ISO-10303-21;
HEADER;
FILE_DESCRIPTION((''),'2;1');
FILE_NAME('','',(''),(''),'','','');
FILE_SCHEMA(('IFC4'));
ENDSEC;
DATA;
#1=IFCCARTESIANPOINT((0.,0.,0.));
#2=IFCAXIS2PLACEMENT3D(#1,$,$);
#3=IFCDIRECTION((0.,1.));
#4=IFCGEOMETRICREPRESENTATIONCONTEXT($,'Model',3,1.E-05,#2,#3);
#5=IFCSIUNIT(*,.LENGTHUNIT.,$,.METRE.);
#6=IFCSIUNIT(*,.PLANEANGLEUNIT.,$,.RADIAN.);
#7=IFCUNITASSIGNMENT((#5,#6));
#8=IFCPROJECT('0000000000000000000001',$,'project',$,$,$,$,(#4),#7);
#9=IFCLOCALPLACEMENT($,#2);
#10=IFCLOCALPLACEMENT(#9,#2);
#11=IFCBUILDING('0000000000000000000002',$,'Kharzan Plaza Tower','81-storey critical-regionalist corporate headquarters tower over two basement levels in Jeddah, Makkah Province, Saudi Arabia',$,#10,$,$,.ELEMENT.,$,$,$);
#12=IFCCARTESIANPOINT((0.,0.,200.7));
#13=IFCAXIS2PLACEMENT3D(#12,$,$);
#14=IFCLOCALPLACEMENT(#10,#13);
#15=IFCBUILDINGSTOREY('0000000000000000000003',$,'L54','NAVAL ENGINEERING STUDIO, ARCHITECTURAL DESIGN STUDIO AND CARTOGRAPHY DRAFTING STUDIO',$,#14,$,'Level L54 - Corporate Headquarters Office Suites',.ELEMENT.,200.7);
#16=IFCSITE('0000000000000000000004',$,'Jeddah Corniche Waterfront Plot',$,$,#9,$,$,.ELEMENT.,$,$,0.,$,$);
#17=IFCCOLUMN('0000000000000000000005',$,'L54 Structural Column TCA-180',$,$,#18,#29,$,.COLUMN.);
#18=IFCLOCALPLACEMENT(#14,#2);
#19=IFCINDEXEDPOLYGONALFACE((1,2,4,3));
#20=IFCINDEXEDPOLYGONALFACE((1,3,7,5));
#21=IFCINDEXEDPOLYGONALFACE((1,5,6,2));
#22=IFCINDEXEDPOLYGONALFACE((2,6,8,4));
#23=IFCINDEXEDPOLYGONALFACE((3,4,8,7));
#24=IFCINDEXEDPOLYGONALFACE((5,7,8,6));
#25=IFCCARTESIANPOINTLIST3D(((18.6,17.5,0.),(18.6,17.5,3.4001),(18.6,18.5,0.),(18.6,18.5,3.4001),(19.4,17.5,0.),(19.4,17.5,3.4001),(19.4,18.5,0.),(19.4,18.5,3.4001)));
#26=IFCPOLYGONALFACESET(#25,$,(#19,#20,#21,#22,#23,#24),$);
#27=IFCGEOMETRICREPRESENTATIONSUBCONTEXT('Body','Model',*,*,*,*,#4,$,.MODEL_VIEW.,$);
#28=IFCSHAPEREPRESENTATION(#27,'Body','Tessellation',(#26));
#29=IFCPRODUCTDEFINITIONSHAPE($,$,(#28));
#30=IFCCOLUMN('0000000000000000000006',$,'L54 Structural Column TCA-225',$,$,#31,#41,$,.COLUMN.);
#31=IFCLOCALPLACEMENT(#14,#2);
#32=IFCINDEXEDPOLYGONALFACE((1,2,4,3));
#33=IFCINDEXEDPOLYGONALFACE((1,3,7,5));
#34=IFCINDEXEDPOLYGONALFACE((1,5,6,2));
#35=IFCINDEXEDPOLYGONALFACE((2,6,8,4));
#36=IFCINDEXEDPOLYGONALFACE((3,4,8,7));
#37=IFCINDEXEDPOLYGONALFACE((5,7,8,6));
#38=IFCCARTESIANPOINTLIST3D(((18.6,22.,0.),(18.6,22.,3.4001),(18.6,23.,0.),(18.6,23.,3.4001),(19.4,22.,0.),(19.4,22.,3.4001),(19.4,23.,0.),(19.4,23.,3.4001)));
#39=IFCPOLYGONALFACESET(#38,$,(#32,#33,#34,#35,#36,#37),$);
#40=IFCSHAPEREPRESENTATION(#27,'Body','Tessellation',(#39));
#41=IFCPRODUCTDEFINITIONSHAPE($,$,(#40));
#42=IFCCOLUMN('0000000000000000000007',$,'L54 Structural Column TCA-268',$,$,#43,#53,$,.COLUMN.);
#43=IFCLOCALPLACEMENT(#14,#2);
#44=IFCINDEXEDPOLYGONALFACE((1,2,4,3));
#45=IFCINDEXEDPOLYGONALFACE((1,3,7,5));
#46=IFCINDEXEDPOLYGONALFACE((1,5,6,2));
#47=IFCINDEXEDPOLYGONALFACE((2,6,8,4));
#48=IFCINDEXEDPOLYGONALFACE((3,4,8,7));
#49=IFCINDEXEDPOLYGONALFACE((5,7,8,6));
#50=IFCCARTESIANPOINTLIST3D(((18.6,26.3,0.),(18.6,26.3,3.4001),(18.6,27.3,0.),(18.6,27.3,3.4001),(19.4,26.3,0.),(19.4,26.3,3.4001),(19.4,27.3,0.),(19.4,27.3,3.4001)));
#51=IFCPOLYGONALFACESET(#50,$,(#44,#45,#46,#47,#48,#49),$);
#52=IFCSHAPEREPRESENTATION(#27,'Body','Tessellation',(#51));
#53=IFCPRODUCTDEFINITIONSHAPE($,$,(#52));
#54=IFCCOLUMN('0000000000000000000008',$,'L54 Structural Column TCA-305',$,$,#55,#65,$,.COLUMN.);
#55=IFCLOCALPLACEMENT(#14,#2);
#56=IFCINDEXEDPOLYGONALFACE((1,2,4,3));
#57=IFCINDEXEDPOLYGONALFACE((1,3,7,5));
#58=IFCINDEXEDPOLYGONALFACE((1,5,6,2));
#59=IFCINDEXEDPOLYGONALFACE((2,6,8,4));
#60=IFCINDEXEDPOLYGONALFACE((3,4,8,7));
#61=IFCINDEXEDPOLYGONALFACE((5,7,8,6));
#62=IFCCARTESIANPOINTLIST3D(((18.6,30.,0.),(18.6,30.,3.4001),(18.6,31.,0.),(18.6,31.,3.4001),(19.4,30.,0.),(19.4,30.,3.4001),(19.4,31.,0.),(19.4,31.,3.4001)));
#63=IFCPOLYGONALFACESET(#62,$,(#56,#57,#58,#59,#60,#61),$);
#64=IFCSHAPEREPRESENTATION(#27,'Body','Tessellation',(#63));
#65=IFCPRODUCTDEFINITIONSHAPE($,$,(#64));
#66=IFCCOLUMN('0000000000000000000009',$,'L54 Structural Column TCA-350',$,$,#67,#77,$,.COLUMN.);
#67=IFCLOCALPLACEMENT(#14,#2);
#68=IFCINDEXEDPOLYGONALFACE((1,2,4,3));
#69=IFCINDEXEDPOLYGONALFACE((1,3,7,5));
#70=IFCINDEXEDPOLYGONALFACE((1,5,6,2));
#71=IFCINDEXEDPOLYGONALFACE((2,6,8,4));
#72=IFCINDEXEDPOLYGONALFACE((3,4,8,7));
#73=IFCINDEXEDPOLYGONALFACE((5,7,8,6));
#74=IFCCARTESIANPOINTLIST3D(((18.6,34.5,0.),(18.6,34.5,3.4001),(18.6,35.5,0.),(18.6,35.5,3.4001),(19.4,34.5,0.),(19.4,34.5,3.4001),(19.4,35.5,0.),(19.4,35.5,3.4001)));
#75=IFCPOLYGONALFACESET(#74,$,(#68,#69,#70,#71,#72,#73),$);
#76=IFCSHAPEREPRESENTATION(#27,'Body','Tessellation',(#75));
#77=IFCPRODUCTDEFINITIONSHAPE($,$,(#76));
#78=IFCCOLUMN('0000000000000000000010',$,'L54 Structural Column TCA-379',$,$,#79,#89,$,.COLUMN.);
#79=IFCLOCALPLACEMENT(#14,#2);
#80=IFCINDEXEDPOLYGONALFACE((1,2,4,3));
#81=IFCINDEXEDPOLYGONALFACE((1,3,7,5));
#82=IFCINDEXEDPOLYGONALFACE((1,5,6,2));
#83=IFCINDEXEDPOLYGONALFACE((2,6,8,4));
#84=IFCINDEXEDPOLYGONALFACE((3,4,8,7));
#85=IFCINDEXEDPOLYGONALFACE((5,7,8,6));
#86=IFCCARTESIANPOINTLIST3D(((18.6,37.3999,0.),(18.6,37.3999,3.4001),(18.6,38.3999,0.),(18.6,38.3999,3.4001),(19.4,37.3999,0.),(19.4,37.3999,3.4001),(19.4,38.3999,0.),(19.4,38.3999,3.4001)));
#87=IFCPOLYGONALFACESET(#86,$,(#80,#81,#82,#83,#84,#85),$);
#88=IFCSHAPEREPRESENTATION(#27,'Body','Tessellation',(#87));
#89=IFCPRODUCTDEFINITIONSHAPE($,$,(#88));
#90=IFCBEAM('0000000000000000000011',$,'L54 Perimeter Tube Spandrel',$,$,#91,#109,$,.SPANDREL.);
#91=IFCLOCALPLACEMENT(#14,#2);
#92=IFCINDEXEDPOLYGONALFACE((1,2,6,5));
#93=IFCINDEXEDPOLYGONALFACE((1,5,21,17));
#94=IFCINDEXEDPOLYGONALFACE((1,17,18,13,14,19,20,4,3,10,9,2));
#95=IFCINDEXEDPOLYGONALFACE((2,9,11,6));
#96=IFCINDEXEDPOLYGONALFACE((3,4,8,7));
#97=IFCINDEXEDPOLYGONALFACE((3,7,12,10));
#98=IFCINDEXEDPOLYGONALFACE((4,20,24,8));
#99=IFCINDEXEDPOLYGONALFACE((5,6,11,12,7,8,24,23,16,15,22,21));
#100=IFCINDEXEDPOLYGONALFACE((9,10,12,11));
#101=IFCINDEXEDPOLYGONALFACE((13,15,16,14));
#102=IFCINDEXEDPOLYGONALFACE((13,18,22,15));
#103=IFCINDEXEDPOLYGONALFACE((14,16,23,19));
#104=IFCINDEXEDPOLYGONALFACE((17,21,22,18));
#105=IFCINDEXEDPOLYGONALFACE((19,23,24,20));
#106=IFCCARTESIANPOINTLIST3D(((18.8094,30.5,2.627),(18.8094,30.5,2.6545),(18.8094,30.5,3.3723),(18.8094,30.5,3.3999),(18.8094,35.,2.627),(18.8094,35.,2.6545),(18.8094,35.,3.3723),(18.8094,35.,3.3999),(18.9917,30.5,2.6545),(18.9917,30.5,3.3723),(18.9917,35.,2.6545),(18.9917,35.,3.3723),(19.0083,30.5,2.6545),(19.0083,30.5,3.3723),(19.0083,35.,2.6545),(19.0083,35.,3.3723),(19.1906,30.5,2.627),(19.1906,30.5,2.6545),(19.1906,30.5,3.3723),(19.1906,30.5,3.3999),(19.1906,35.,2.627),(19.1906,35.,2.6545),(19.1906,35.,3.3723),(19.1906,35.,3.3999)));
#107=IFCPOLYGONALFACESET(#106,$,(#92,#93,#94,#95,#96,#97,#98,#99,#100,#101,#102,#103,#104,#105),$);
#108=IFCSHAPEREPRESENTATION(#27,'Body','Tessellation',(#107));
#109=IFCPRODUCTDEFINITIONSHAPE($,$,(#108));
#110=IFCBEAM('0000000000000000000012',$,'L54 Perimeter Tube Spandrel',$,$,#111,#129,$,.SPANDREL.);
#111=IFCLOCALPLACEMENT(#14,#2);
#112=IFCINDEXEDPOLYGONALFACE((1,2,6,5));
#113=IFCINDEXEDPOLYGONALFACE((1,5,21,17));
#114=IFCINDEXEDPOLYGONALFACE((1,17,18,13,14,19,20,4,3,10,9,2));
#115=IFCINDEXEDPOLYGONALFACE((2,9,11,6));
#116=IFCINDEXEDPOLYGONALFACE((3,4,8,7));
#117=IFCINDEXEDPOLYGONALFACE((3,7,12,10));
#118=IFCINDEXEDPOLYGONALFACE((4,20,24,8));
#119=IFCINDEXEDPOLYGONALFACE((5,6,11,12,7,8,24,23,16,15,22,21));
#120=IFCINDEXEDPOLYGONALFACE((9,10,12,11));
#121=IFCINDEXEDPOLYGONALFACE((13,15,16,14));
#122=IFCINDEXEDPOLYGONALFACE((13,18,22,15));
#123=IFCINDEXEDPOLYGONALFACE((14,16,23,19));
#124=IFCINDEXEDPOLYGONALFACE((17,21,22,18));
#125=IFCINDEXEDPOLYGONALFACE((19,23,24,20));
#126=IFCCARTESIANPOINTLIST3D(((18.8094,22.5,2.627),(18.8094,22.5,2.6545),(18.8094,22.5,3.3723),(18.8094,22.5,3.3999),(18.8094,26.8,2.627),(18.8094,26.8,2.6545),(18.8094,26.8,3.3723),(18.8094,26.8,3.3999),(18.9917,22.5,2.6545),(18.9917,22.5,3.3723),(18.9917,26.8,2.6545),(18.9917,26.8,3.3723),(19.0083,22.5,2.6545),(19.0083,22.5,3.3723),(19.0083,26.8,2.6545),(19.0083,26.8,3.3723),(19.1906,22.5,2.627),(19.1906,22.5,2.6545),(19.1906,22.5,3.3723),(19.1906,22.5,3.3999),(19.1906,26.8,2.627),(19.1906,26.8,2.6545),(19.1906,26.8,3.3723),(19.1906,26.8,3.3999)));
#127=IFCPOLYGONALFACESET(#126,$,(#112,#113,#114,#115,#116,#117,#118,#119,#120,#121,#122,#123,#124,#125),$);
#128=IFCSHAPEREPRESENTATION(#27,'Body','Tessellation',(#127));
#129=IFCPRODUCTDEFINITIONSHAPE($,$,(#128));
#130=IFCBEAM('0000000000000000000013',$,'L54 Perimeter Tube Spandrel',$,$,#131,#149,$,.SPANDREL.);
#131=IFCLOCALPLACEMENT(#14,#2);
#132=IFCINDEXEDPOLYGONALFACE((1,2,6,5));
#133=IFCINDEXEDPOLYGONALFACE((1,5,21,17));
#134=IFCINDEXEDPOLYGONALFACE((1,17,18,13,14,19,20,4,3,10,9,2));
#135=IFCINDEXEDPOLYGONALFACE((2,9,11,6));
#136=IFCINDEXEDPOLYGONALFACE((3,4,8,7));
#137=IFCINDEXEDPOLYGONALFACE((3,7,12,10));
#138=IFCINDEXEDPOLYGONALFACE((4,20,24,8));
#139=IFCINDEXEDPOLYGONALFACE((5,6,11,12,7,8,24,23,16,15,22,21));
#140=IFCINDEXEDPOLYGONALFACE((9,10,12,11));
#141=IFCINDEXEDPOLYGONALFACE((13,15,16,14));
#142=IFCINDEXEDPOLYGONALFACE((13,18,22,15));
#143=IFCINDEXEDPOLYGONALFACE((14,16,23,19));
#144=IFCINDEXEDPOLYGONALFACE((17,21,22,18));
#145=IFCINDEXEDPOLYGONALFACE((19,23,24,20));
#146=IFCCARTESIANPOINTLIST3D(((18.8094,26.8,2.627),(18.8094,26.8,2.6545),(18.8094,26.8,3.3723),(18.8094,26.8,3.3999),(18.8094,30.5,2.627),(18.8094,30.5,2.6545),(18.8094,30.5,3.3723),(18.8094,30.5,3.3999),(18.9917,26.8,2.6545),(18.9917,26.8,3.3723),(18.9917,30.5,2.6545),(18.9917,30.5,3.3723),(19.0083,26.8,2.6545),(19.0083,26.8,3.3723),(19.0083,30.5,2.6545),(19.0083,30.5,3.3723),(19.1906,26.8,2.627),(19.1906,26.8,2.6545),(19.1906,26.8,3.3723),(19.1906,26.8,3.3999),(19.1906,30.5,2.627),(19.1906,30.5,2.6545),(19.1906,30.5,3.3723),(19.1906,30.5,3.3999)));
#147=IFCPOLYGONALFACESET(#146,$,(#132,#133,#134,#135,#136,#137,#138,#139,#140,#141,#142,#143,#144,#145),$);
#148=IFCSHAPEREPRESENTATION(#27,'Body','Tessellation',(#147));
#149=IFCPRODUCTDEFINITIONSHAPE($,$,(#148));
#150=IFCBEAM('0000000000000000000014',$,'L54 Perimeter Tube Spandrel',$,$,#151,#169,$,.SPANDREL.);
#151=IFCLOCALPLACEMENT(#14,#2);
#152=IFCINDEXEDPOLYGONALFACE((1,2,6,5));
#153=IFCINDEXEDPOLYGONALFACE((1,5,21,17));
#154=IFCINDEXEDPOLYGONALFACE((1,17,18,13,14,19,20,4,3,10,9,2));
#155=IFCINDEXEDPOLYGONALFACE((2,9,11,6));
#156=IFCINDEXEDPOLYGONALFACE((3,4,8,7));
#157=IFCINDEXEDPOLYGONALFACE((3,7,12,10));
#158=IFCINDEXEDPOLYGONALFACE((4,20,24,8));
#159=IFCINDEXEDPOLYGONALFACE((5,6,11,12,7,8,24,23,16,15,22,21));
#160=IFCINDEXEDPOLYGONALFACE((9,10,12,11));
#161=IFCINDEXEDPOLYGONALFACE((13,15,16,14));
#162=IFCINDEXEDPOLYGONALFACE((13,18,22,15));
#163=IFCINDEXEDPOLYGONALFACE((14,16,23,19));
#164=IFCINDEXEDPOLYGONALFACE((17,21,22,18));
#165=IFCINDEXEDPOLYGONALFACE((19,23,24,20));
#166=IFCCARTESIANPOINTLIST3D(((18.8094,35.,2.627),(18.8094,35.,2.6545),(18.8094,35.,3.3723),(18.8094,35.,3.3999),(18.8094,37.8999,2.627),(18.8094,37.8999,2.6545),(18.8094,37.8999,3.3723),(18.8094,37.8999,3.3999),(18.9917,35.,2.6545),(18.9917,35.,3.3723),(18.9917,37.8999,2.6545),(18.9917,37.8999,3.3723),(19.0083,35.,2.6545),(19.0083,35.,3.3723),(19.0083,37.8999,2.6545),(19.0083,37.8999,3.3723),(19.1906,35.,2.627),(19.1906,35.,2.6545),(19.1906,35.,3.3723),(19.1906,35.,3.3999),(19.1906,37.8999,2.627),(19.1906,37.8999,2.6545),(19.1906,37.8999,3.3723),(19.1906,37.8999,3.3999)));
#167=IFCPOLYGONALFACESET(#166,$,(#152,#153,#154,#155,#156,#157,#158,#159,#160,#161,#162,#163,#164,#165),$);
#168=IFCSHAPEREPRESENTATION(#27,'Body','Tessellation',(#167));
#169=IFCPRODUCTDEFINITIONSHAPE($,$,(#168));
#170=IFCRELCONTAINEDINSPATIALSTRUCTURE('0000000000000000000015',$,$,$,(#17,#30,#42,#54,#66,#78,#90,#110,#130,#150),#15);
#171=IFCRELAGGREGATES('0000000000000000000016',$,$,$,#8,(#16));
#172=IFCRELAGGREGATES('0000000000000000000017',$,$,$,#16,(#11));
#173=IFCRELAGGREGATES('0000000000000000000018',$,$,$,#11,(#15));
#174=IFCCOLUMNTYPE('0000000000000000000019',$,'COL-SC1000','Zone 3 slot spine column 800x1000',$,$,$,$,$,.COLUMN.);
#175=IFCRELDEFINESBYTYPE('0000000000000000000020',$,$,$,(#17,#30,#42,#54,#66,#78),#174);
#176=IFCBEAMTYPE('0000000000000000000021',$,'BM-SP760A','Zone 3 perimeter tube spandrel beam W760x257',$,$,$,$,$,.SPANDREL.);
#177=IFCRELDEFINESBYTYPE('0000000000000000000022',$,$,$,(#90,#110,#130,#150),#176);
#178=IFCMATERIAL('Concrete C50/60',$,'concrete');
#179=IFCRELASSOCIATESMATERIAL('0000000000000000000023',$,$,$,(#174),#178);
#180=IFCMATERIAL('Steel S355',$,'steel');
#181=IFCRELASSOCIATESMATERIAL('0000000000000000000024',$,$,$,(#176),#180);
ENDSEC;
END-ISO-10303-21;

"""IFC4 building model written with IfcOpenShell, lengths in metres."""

from ifc_helpers import new_model, si_unit, direction, frame, origin, origin_2d, place, context, subcontext, project, spatial, rectangle, i_section, extrude, source, transform, mapped, material, material_profile, profile_set, type_object, element, save


model = new_model("IFC4")

# Units and contexts
model_context = context("Model", 3, precision=1e-05, world=origin(), true_north=direction((0.0, 1.0)))
body_context = subcontext(model_context, "Body", "Model", "MODEL_VIEW")
ifc_project = project(units=[si_unit("LENGTHUNIT", "METRE"), si_unit("PLANEANGLEUNIT", "RADIAN")], contexts=[model_context])

# Site, building, storey
site_placement = place(None, origin())
site = spatial("IfcSite", under=ifc_project, at=site_placement, Name="Jeddah Corniche Waterfront Plot", CompositionType="ELEMENT", RefElevation=0.0)
building_placement = place(site_placement, origin())
building = spatial("IfcBuilding", under=site, at=building_placement, Name="Kharzan Plaza Tower", Description="81-storey critical-regionalist corporate headquarters tower over two basement levels in Jeddah, Makkah Province, Saudi Arabia", CompositionType="ELEMENT")
storey_placement = place(building_placement, frame((0.0, 0.0, 200.7)))
storey = spatial("IfcBuildingStorey", under=building, at=storey_placement, Name="L54", Description="NAVAL ENGINEERING STUDIO, ARCHITECTURAL DESIGN STUDIO AND CARTOGRAPHY DRAFTING STUDIO", LongName="Level L54 - Corporate Headquarters Office Suites", CompositionType="ELEMENT", Elevation=200.7)

# Columns
ifc_material_1 = material(Name="Concrete C50/60", Category="concrete")
ifc_material_profile_1 = material_profile(ifc_material_1, rectangle(XDim=0.8, YDim=1.0, at=origin_2d()), Name="RC-SC1000x800")
ifc_profile_set_1 = profile_set([ifc_material_profile_1], Name="Concrete C50/60")
column_type = type_object("IfcColumnType", Name="COL-SC1000", Description="Zone 3 slot spine column 800x1000", PredefinedType="COLUMN", material=ifc_profile_set_1)
shared_shape_1 = source(origin(), body_context, "Body", "SweptSolid", [
    extrude(rectangle(XDim=0.8, YDim=1.0, at=origin_2d()), origin(), (0.0, 0.0, 1.0), 3.4001),
])
for number, where, z_axis, x_axis, name in (
    (1, (19.0, 18.0, 0.0), (0.0, 0.0, 1.0), (1.0, 0.0, 0.0), "L54 Structural Column TCA-180"),
    (2, (19.0, 22.5, 0.0), (0.0, 0.0, 1.0), (1.0, 0.0, 0.0), "L54 Structural Column TCA-225"),
    (3, (19.0, 26.8, 0.0), (0.0, 0.0, 1.0), (1.0, 0.0, 0.0), "L54 Structural Column TCA-268"),
    (4, (19.0, 30.5, 0.0), (0.0, 0.0, 1.0), (1.0, 0.0, 0.0), "L54 Structural Column TCA-305"),
    (5, (19.0, 35.0, 0.0), (0.0, 0.0, 1.0), (1.0, 0.0, 0.0), "L54 Structural Column TCA-350"),
    (6, (19.0, 37.8999, 0.0), (0.0, 0.0, 1.0), (1.0, 0.0, 0.0), "L54 Structural Column TCA-379"),
):
    element("IfcColumn", number, at=place(storey_placement, frame(where, z_axis=z_axis, x_axis=x_axis)), inside=storey, type_object=column_type, Name=name, PredefinedType="COLUMN", context=body_context, shape_type="MappedRepresentation", body=[
        mapped(shared_shape_1, transform((0.0, 0.0, 0.0), x_axis=(1.0, 0.0, 0.0), y_axis=(0.0, 1.0, 0.0), z_axis=(0.0, 0.0, 1.0))),
    ])

# Beams
ifc_material_2 = material(Name="Steel S355", Category="steel")
ifc_material_profile_2 = material_profile(ifc_material_2, i_section(OverallWidth=0.3811, OverallDepth=0.7729, WebThickness=0.0166, FlangeThickness=0.0276, at=origin_2d()), Name="W760x257")
ifc_profile_set_2 = profile_set([ifc_material_profile_2], Name="Steel S355")
beam_type = type_object("IfcBeamType", Name="BM-SP760A", Description="Zone 3 perimeter tube spandrel beam W760x257", PredefinedType="SPANDREL", material=ifc_profile_set_2)
shared_shape_2 = source(origin(), body_context, "Body", "SweptSolid", [
    extrude(i_section(OverallWidth=0.3811, OverallDepth=0.7729, WebThickness=0.0166, FlangeThickness=0.0276, at=origin_2d()), origin(), (0.0, 0.0, 1.0), 4.5),
])
beam_1_placement = place(storey_placement, frame((19.0, 30.5, 3.0134), z_axis=(0.0, 1.0, 0.0), x_axis=(-1.0, 0.0, 0.0)))
element("IfcBeam", 7, at=beam_1_placement, inside=storey, type_object=beam_type, Name="L54 Perimeter Tube Spandrel", PredefinedType="SPANDREL", context=body_context, shape_type="MappedRepresentation", body=[
    mapped(shared_shape_2, transform((0.0, 0.0, 0.0), x_axis=(1.0, 0.0, 0.0), y_axis=(0.0, 1.0, 0.0), z_axis=(0.0, 0.0, 1.0))),
])
shared_shape_3 = source(origin(), body_context, "Body", "SweptSolid", [
    extrude(i_section(OverallWidth=0.3811, OverallDepth=0.7729, WebThickness=0.0166, FlangeThickness=0.0276, at=origin_2d()), origin(), (0.0, 0.0, 1.0), 4.3),
])
beam_2_placement = place(storey_placement, frame((19.0, 22.5, 3.0134), z_axis=(0.0, 1.0, 0.0), x_axis=(-1.0, 0.0, 0.0)))
element("IfcBeam", 8, at=beam_2_placement, inside=storey, type_object=beam_type, Name="L54 Perimeter Tube Spandrel", PredefinedType="SPANDREL", context=body_context, shape_type="MappedRepresentation", body=[
    mapped(shared_shape_3, transform((0.0, 0.0, 0.0), x_axis=(1.0, 0.0, 0.0), y_axis=(0.0, 1.0, 0.0), z_axis=(0.0, 0.0, 1.0))),
])
shared_shape_4 = source(origin(), body_context, "Body", "SweptSolid", [
    extrude(i_section(OverallWidth=0.3811, OverallDepth=0.7729, WebThickness=0.0166, FlangeThickness=0.0276, at=origin_2d()), origin(), (0.0, 0.0, 1.0), 3.7),
])
beam_3_placement = place(storey_placement, frame((19.0, 26.8, 3.0134), z_axis=(0.0, 1.0, 0.0), x_axis=(-1.0, 0.0, 0.0)))
element("IfcBeam", 9, at=beam_3_placement, inside=storey, type_object=beam_type, Name="L54 Perimeter Tube Spandrel", PredefinedType="SPANDREL", context=body_context, shape_type="MappedRepresentation", body=[
    mapped(shared_shape_4, transform((0.0, 0.0, 0.0), x_axis=(1.0, 0.0, 0.0), y_axis=(0.0, 1.0, 0.0), z_axis=(0.0, 0.0, 1.0))),
])
shared_shape_5 = source(origin(), body_context, "Body", "SweptSolid", [
    extrude(i_section(OverallWidth=0.3811, OverallDepth=0.7729, WebThickness=0.0166, FlangeThickness=0.0276, at=origin_2d()), origin(), (0.0, 0.0, 1.0), 2.8999),
])
beam_4_placement = place(storey_placement, frame((19.0, 35.0, 3.0134), z_axis=(0.0, 1.0, 0.0), x_axis=(-1.0, 0.0, 0.0)))
element("IfcBeam", 10, at=beam_4_placement, inside=storey, type_object=beam_type, Name="L54 Perimeter Tube Spandrel", PredefinedType="SPANDREL", context=body_context, shape_type="MappedRepresentation", body=[
    mapped(shared_shape_5, transform((0.0, 0.0, 0.0), x_axis=(1.0, 0.0, 0.0), y_axis=(0.0, 1.0, 0.0), z_axis=(0.0, 0.0, 1.0))),
])

save(model, "model.ifc")
